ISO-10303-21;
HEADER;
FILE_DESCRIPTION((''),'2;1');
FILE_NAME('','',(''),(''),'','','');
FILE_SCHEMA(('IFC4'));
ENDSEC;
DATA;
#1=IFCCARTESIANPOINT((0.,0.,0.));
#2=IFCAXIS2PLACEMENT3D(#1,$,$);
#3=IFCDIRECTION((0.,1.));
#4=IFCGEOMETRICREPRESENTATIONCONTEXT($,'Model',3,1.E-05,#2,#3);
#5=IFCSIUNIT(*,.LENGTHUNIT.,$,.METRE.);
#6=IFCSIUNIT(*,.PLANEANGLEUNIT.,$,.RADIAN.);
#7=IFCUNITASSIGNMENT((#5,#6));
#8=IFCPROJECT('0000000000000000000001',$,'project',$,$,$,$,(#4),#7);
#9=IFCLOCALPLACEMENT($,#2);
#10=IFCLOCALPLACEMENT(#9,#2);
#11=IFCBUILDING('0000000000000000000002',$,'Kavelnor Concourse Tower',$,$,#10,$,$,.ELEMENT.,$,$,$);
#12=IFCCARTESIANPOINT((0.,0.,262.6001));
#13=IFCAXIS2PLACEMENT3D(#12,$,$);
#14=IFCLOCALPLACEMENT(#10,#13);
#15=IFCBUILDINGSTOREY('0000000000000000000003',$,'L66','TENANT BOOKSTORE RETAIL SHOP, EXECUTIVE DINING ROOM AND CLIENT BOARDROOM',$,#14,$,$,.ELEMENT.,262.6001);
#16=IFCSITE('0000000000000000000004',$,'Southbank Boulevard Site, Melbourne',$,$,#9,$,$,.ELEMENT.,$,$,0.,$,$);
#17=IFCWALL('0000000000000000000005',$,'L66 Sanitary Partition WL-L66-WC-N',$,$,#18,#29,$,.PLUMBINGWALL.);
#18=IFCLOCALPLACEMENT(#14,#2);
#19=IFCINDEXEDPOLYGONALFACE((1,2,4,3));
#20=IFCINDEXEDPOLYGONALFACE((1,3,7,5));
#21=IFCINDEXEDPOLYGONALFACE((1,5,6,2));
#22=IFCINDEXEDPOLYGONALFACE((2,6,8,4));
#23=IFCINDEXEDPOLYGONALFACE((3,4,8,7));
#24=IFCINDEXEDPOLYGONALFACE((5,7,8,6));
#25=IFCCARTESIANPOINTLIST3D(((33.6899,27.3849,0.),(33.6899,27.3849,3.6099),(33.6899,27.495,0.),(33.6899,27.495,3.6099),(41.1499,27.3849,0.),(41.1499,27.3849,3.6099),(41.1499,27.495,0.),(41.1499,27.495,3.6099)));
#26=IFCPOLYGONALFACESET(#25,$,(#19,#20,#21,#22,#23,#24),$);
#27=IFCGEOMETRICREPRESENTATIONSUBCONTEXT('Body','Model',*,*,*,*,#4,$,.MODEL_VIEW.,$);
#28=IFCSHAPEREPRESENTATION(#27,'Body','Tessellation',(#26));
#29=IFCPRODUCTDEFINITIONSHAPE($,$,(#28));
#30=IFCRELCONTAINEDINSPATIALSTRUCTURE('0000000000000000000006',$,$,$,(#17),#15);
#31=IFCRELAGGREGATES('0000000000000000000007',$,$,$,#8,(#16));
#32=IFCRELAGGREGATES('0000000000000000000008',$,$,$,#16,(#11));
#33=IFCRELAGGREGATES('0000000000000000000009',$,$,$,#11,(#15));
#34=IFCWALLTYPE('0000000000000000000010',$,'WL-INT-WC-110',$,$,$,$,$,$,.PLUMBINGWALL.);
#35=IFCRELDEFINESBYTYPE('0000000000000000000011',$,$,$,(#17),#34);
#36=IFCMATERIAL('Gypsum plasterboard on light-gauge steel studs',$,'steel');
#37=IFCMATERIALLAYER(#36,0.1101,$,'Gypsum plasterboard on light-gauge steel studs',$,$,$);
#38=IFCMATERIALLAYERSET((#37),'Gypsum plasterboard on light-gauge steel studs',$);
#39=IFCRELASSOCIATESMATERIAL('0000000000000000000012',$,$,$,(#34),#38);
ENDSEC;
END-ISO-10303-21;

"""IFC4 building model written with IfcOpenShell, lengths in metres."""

from ifc_helpers import new_model, si_unit, direction, frame, frame_2d, origin, place, context, subcontext, project, spatial, rectangle, extrude, material, layer, layer_set, type_object, element, save


model = new_model("IFC4")

# Units and contexts
model_context = context("Model", 3, precision=1e-05, world=origin(), true_north=direction((0.0, 1.0)))
body_context = subcontext(model_context, "Body", "Model", "MODEL_VIEW")
ifc_project = project(units=[si_unit("LENGTHUNIT", "METRE"), si_unit("PLANEANGLEUNIT", "RADIAN")], contexts=[model_context])

# Site, building, storey
site_placement = place(None, origin())
site = spatial("IfcSite", under=ifc_project, at=site_placement, Name="Southbank Boulevard Site, Melbourne", CompositionType="ELEMENT", RefElevation=0.0)
building_placement = place(site_placement, origin())
building = spatial("IfcBuilding", under=site, at=building_placement, Name="Kavelnor Concourse Tower", CompositionType="ELEMENT")
storey_placement = place(building_placement, frame((0.0, 0.0, 262.6001)))
storey = spatial("IfcBuildingStorey", under=building, at=storey_placement, Name="L66", Description="TENANT BOOKSTORE RETAIL SHOP, EXECUTIVE DINING ROOM AND CLIENT BOARDROOM", CompositionType="ELEMENT", Elevation=262.6001)

# Shared definitions
ifc_material_1 = material(Name="Gypsum plasterboard on light-gauge steel studs", Category="steel")

# Wall
ifc_layer_1 = layer(ifc_material_1, 0.1101, Name="Gypsum plasterboard on light-gauge steel studs")
ifc_layer_set_1 = layer_set([ifc_layer_1], Name="Gypsum plasterboard on light-gauge steel studs")
wall_type_1 = type_object("IfcWallType", Name="WL-INT-WC-110", PredefinedType="PLUMBINGWALL", material=ifc_layer_set_1)
wall_1_placement = place(storey_placement, frame((33.6899, 27.4399, 0.0), z_axis=(0.0, 0.0, 1.0), x_axis=(1.0, 0.0, 0.0)))
element("IfcWall", 1, at=wall_1_placement, inside=storey, type_object=wall_type_1, Name="L66 Sanitary Partition WL-L66-WC-N", PredefinedType="PLUMBINGWALL", context=body_context, shape_type="SweptSolid", body=[
    extrude(rectangle(XDim=7.46, YDim=0.1101, at=frame_2d((3.73, 0.0))), origin(), (0.0, 0.0, 1.0), 3.6099),
])

save(model, "model.ifc")
